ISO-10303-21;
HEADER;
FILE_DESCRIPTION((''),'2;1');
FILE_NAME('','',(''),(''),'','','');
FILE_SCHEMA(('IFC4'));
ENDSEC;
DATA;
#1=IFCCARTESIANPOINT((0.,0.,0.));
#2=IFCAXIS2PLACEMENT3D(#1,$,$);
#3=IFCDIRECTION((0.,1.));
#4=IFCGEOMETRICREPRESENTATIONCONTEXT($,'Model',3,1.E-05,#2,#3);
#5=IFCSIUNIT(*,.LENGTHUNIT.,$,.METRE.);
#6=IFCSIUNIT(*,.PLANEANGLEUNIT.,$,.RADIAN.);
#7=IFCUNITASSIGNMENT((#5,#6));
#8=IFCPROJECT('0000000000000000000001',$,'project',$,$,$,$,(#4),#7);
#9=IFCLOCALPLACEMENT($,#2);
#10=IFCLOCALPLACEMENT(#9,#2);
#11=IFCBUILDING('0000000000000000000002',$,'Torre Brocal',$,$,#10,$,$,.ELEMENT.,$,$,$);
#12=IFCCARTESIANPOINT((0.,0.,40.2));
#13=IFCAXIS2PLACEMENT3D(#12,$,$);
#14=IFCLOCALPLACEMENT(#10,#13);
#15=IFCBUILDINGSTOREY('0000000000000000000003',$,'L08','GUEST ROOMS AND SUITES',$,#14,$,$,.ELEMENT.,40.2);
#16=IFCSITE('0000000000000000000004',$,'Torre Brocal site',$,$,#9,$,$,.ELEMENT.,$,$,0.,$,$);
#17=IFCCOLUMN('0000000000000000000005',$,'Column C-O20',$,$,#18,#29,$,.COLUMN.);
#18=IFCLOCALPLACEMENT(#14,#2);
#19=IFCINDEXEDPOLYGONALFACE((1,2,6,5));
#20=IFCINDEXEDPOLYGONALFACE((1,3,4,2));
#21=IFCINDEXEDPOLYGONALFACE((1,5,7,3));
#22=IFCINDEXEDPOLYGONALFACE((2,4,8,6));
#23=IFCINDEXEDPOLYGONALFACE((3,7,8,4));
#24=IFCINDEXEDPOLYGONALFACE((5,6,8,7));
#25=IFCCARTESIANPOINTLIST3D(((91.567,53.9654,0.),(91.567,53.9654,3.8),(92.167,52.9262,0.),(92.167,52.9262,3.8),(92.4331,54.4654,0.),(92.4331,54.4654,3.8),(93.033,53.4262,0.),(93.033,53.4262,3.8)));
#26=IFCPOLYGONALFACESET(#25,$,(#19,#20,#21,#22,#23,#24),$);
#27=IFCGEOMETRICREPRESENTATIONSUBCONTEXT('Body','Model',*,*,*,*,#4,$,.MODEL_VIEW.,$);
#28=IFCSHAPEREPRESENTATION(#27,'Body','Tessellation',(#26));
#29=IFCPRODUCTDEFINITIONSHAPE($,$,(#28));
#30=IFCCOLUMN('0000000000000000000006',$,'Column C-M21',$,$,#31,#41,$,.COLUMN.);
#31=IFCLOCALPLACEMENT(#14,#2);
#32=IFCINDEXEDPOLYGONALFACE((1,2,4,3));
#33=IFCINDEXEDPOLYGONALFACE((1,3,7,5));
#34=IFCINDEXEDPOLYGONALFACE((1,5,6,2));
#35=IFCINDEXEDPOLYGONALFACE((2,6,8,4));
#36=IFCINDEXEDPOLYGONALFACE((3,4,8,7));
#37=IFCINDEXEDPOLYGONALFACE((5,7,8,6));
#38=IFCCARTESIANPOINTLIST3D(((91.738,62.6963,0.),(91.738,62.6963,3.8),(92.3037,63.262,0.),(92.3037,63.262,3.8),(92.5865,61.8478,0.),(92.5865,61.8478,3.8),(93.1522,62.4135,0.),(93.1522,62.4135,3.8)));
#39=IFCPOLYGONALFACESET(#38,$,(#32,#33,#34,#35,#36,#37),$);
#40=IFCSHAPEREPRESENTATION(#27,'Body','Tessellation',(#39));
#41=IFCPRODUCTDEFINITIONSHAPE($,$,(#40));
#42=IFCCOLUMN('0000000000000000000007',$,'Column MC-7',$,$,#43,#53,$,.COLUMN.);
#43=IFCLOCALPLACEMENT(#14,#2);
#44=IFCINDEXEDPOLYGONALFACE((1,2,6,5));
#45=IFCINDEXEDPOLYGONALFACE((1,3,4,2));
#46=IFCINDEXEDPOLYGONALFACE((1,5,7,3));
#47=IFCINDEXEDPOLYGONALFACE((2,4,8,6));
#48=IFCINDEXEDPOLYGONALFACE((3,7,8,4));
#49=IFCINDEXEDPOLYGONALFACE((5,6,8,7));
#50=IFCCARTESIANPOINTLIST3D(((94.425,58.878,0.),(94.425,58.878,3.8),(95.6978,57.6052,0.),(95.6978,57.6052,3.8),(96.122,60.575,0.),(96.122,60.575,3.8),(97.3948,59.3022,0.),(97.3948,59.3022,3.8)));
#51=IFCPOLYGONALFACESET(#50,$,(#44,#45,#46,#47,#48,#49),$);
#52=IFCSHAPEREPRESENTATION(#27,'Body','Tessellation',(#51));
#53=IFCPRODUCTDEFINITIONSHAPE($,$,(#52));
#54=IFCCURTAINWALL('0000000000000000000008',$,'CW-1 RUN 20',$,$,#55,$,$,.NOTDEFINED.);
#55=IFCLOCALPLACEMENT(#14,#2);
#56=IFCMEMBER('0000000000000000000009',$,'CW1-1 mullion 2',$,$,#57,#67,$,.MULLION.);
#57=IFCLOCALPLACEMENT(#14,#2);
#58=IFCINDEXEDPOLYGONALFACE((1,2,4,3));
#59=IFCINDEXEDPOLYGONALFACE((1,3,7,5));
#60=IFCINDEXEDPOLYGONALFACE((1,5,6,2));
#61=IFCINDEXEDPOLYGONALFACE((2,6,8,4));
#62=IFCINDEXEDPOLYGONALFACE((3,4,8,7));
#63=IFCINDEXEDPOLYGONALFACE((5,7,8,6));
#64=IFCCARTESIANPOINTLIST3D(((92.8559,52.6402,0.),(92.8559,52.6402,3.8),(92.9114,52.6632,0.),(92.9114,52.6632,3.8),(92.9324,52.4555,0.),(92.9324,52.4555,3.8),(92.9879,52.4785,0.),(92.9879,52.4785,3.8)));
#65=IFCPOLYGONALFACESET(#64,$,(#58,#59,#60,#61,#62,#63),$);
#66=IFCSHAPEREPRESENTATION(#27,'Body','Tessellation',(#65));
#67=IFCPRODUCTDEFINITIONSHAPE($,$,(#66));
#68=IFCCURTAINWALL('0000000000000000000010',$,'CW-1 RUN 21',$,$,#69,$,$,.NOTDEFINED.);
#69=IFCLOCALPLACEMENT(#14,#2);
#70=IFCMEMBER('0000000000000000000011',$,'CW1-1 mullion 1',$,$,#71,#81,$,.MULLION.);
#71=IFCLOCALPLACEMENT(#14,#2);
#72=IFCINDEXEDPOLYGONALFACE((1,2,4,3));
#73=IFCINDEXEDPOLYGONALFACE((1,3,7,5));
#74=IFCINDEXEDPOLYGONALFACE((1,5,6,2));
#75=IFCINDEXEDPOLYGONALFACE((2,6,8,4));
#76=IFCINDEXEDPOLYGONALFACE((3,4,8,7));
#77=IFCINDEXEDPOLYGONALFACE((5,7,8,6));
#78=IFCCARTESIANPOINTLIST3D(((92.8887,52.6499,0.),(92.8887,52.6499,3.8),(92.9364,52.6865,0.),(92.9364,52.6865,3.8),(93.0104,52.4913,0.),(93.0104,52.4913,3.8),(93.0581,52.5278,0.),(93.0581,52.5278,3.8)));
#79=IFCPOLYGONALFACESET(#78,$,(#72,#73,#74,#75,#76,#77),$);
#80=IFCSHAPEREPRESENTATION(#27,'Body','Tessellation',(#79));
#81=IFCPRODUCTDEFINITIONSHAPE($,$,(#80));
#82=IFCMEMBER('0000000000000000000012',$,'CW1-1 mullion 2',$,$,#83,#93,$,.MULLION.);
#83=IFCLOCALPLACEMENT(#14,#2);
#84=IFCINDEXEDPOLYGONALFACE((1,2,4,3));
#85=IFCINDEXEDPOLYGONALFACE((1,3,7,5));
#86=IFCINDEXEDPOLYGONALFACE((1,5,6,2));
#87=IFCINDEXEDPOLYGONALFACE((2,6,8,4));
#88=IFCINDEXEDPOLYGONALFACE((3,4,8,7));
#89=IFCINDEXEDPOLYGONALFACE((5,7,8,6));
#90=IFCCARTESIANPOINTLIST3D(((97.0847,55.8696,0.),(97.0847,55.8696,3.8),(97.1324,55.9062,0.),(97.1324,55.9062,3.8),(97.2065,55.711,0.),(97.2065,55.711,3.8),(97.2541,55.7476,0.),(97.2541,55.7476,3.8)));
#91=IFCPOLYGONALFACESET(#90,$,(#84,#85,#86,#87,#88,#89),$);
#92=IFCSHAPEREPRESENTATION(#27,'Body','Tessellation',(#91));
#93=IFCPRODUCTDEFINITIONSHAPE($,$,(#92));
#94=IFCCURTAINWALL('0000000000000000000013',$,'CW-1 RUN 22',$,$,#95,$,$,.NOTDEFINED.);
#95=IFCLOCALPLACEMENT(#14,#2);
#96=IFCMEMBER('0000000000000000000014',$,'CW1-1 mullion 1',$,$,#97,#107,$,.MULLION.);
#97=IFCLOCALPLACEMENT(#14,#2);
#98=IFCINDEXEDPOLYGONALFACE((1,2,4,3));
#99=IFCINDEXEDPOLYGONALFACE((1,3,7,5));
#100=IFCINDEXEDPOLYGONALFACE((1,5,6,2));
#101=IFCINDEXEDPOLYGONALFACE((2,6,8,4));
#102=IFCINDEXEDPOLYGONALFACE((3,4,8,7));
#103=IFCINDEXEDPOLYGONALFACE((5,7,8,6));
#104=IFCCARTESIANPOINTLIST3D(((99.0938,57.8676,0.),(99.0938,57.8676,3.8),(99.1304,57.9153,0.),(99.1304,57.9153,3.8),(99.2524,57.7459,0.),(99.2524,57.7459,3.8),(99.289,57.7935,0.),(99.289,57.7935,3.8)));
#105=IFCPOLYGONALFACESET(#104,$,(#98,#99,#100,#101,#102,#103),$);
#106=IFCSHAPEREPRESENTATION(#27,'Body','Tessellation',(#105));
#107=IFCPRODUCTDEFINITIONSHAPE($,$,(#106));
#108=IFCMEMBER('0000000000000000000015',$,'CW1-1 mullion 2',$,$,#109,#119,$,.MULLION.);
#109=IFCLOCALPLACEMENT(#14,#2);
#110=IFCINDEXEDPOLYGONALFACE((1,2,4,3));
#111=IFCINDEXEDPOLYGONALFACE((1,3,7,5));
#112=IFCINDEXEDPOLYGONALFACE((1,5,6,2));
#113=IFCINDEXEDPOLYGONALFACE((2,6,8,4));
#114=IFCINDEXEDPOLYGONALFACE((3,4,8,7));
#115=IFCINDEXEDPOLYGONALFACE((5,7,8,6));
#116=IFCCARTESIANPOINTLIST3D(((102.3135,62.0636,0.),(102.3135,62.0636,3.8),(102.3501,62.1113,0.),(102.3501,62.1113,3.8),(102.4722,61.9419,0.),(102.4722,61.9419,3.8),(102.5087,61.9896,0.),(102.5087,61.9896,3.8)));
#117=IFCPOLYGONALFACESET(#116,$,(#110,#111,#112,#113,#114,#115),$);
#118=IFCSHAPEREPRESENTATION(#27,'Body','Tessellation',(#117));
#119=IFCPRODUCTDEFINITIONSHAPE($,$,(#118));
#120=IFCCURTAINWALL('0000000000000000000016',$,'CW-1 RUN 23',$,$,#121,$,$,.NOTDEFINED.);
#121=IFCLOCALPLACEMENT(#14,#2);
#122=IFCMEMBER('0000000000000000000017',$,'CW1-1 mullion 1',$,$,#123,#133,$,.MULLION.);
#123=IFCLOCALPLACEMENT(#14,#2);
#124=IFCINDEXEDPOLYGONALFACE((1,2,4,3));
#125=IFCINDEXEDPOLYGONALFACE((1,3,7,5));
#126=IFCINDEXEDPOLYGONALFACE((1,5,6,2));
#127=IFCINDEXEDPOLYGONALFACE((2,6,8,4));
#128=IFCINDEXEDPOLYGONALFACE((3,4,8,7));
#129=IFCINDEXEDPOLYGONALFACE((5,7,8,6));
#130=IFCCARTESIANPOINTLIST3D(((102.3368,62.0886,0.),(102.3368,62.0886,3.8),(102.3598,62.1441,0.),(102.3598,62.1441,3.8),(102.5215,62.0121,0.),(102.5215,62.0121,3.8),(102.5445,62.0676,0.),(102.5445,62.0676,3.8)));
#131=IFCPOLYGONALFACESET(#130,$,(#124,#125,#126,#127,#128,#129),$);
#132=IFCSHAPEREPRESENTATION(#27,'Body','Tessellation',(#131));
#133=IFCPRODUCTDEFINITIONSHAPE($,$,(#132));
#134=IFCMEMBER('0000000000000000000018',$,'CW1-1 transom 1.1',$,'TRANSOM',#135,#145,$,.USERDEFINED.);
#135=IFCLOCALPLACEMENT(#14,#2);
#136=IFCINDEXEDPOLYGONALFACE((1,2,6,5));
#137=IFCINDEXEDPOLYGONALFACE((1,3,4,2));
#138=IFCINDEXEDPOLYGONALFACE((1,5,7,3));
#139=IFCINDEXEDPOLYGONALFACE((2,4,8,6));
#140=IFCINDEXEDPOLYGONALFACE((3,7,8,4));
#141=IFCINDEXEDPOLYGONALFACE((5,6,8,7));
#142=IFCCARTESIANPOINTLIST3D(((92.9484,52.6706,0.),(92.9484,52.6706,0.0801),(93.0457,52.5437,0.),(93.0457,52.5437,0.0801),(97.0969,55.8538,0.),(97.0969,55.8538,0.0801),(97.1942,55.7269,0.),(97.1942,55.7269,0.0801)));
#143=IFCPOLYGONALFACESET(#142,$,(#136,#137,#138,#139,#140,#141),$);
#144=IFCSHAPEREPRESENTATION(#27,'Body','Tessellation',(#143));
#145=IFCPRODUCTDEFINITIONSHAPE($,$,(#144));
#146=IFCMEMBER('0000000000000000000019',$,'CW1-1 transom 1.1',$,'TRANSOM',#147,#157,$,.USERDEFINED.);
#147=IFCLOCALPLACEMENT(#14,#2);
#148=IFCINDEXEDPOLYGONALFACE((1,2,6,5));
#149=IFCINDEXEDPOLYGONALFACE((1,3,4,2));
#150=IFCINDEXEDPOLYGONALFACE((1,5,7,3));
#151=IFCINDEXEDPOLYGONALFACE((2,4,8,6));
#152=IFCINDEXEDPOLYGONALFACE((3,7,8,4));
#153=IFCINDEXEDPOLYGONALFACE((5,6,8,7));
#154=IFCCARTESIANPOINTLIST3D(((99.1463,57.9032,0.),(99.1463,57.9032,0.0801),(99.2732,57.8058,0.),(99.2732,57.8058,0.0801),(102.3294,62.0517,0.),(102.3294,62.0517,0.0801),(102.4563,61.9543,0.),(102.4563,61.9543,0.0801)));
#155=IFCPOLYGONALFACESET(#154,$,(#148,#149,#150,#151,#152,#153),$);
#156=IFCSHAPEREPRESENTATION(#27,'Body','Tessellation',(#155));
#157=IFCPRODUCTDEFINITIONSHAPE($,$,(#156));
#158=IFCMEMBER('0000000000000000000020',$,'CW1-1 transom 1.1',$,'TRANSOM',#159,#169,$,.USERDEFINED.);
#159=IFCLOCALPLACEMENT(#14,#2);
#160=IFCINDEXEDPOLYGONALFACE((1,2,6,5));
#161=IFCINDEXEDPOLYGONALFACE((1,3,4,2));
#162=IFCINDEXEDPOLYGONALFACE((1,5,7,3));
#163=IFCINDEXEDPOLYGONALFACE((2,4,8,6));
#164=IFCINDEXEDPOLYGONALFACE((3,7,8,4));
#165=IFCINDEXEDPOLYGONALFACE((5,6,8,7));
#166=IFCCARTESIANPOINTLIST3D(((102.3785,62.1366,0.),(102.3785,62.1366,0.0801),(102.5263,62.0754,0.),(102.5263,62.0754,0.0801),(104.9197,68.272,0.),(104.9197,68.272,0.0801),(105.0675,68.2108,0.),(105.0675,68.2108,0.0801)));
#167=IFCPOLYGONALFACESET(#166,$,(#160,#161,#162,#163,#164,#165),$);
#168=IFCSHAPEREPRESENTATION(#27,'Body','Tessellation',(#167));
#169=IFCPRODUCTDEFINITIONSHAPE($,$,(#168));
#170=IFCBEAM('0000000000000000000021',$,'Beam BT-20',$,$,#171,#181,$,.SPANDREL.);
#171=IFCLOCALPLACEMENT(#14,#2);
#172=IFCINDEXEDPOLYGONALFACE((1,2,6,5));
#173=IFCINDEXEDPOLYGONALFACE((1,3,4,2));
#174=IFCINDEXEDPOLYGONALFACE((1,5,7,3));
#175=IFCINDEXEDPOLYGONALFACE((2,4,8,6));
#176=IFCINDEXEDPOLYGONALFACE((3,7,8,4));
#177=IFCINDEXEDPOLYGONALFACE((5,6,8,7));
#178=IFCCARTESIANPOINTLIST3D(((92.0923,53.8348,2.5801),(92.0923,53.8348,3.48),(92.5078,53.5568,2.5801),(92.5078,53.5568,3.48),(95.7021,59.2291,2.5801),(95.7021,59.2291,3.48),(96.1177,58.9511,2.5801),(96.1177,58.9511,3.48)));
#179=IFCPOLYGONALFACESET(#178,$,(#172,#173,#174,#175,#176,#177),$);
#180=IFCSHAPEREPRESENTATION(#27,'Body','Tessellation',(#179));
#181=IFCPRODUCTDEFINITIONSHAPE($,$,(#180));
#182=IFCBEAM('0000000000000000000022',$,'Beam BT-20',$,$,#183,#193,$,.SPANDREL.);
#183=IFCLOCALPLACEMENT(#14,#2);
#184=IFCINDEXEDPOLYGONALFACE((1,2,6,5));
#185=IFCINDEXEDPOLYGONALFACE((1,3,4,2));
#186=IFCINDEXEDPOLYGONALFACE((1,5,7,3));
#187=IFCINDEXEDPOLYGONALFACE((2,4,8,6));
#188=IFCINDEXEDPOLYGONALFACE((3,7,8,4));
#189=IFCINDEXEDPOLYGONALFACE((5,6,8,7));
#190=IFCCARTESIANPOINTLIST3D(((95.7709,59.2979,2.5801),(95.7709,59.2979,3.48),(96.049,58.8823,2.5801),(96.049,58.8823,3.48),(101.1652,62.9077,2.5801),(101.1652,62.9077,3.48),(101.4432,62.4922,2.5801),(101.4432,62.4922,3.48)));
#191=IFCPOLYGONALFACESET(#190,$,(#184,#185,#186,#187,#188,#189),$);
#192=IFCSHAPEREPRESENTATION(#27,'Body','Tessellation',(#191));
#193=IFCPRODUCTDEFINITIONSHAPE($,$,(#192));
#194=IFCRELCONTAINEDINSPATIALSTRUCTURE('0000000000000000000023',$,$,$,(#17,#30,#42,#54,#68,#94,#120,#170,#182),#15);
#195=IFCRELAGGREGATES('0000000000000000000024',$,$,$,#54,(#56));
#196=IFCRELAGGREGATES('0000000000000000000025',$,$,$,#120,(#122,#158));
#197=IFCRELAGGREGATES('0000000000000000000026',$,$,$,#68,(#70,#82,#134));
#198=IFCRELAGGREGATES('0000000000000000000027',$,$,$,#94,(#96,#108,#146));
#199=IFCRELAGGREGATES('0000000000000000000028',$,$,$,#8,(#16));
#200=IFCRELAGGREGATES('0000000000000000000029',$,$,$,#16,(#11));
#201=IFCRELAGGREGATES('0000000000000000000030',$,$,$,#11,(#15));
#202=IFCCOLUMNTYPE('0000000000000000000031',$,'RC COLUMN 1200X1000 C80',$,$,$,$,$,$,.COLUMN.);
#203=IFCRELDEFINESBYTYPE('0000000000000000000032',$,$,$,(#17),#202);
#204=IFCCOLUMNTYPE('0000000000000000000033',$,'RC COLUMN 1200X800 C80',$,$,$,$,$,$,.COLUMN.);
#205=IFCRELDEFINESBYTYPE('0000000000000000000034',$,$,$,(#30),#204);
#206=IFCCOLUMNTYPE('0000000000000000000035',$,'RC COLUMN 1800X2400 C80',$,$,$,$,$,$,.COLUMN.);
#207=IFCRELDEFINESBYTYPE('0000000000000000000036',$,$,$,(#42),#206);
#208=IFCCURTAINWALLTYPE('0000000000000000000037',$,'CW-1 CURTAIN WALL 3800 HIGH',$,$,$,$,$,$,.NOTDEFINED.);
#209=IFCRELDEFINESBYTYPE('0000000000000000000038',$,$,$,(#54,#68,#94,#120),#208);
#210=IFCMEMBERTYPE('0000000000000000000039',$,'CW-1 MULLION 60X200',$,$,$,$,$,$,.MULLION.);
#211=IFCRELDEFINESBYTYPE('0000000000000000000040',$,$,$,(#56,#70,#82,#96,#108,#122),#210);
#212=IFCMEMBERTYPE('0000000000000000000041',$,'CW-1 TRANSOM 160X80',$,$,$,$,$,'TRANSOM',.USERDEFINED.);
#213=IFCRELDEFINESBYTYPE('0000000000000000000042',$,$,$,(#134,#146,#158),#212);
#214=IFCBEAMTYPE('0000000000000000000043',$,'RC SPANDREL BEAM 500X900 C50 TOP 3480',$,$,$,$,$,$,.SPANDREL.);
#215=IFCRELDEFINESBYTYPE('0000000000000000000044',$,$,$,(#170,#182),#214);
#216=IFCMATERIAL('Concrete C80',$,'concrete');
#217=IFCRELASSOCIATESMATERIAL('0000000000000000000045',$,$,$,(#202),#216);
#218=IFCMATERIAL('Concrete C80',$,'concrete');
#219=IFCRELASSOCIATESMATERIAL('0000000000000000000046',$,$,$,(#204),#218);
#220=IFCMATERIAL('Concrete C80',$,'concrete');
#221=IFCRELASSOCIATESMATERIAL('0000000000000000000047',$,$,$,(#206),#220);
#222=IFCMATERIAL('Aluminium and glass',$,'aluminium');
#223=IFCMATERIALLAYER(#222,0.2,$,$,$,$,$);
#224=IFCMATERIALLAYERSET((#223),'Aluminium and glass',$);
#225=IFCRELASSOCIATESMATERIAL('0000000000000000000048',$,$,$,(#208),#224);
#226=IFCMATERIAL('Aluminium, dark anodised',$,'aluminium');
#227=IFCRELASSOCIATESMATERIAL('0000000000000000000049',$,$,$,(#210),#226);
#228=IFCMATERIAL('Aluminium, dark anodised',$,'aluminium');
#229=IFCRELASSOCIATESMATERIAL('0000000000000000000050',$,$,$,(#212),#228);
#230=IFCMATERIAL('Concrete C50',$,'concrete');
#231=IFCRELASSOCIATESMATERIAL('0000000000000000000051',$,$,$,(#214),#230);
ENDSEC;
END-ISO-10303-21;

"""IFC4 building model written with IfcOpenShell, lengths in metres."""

from ifc_helpers import new_model, si_unit, direction, frame, origin, origin_2d, place, context, subcontext, project, spatial, rectangle, extrude, material, layer, layer_set, material_profile, profile_set, type_object, element, aggregate, save


model = new_model("IFC4")

# Units and contexts
model_context = context("Model", 3, precision=1e-05, world=origin(), true_north=direction((0.0, 1.0)))
body_context = subcontext(model_context, "Body", "Model", "MODEL_VIEW")
ifc_project = project(units=[si_unit("LENGTHUNIT", "METRE"), si_unit("PLANEANGLEUNIT", "RADIAN")], contexts=[model_context])

# Site, building, storey
site_placement = place(None, origin())
site = spatial("IfcSite", under=ifc_project, at=site_placement, Name="Torre Brocal site", CompositionType="ELEMENT", RefElevation=0.0)
building_placement = place(site_placement, origin())
building = spatial("IfcBuilding", under=site, at=building_placement, Name="Torre Brocal", CompositionType="ELEMENT")
storey_placement = place(building_placement, frame((0.0, 0.0, 40.2)))
storey = spatial("IfcBuildingStorey", under=building, at=storey_placement, Name="L08", Description="GUEST ROOMS AND SUITES", CompositionType="ELEMENT", Elevation=40.2)

# Columns
ifc_material_1 = material(Name="Concrete C80", Category="concrete")
ifc_material_profile_1 = material_profile(ifc_material_1, rectangle(XDim=1.2, YDim=1.0, at=origin_2d()), Name="RC 1200X1000")
ifc_profile_set_1 = profile_set([ifc_material_profile_1], Name="Concrete C80")
column_type_1 = type_object("IfcColumnType", Name="RC COLUMN 1200X1000 C80", PredefinedType="COLUMN", material=ifc_profile_set_1)
column_1_placement = place(storey_placement, frame((92.3, 53.6958, 0.0), z_axis=(0.0, 0.0, 1.0), x_axis=(0.5, -0.866025, 0.0)))
element("IfcColumn", 1, at=column_1_placement, inside=storey, type_object=column_type_1, Name="Column C-O20", PredefinedType="COLUMN", context=body_context, shape_type="SweptSolid", body=[
    extrude(rectangle(XDim=1.2, YDim=1.0, at=origin_2d()), origin(), (0.0, 0.0, 1.0), 3.8),
])
ifc_material_2 = material(Name="Concrete C80", Category="concrete")
ifc_material_profile_2 = material_profile(ifc_material_2, rectangle(XDim=1.2, YDim=0.8, at=origin_2d()), Name="RC 1200X800")
ifc_profile_set_2 = profile_set([ifc_material_profile_2], Name="Concrete C80")
column_type_2 = type_object("IfcColumnType", Name="RC COLUMN 1200X800 C80", PredefinedType="COLUMN", material=ifc_profile_set_2)
column_2_placement = place(storey_placement, frame((92.4451, 62.5549, 0.0), z_axis=(0.0, 0.0, 1.0), x_axis=(0.707107, -0.707107, 0.0)))
element("IfcColumn", 2, at=column_2_placement, inside=storey, type_object=column_type_2, Name="Column C-M21", PredefinedType="COLUMN", context=body_context, shape_type="SweptSolid", body=[
    extrude(rectangle(XDim=1.2, YDim=0.8, at=origin_2d()), origin(), (0.0, 0.0, 1.0), 3.8),
])
ifc_material_3 = material(Name="Concrete C80", Category="concrete")
ifc_material_profile_3 = material_profile(ifc_material_3, rectangle(XDim=1.8, YDim=2.3999, at=origin_2d()), Name="RC 1800X2400")
ifc_profile_set_3 = profile_set([ifc_material_profile_3], Name="Concrete C80")
column_type_3 = type_object("IfcColumnType", Name="RC COLUMN 1800X2400 C80", PredefinedType="COLUMN", material=ifc_profile_set_3)
column_3_placement = place(storey_placement, frame((95.9099, 59.0901, 0.0), z_axis=(0.0, 0.0, 1.0), x_axis=(0.707107, -0.707107, 0.0)))
element("IfcColumn", 3, at=column_3_placement, inside=storey, type_object=column_type_3, Name="Column MC-7", PredefinedType="COLUMN", context=body_context, shape_type="SweptSolid", body=[
    extrude(rectangle(XDim=1.8, YDim=2.3999, at=origin_2d()), origin(), (0.0, 0.0, 1.0), 3.8),
])

# Curtain wall, member
ifc_material_4 = material(Name="Aluminium and glass", Category="aluminium")
ifc_layer_1 = layer(ifc_material_4, 0.2)
ifc_layer_set_1 = layer_set([ifc_layer_1], Name="Aluminium and glass")
curtain_wall_type = type_object("IfcCurtainWallType", Name="CW-1 CURTAIN WALL 3800 HIGH", PredefinedType="NOTDEFINED", material=ifc_layer_set_1)
curtain_wall_1_placement = place(storey_placement, origin())
curtain_wall_1 = element("IfcCurtainWall", 4, at=curtain_wall_1_placement, inside=storey, type_object=curtain_wall_type, Name="CW-1 RUN 20", PredefinedType="NOTDEFINED")
ifc_material_5 = material(Name="Aluminium, dark anodised", Category="aluminium")
ifc_material_profile_4 = material_profile(ifc_material_5, rectangle(XDim=0.2, YDim=0.0601, at=origin_2d()), Name="CW-1 MULLION 60X200")
ifc_profile_set_4 = profile_set([ifc_material_profile_4], Name="Aluminium, dark anodised")
member_type_1 = type_object("IfcMemberType", Name="CW-1 MULLION 60X200", PredefinedType="MULLION", material=ifc_profile_set_4)
member_1_placement = place(storey_placement, frame((92.9219, 52.5593, 0.0), z_axis=(0.0, 0.0, 1.0), x_axis=(-0.382683, 0.92388, 0.0)))
member_1 = element("IfcMember", 5, at=member_1_placement, type_object=member_type_1, Name="CW1-1 mullion 2", PredefinedType="MULLION", context=body_context, shape_type="SweptSolid", body=[
    extrude(rectangle(XDim=0.2, YDim=0.0601, at=origin_2d()), origin(), (0.0, 0.0, 1.0), 3.8),
])
aggregate(curtain_wall_1, [member_1])

# Curtain walls, members
curtain_wall_2_placement = place(storey_placement, origin())
curtain_wall_2 = element("IfcCurtainWall", 6, at=curtain_wall_2_placement, inside=storey, type_object=curtain_wall_type, Name="CW-1 RUN 21", PredefinedType="NOTDEFINED")
member_2_placement = place(storey_placement, frame((92.9734, 52.5889, 0.0), z_axis=(0.0, 0.0, 1.0), x_axis=(-0.608761, 0.793353, 0.0)))
member_2 = element("IfcMember", 7, at=member_2_placement, type_object=member_type_1, Name="CW1-1 mullion 1", PredefinedType="MULLION", context=body_context, shape_type="SweptSolid", body=[
    extrude(rectangle(XDim=0.2, YDim=0.0601, at=origin_2d()), origin(), (0.0, 0.0, 1.0), 3.8),
])
member_3_placement = place(storey_placement, frame((97.1694, 55.8086, 0.0), z_axis=(0.0, 0.0, 1.0), x_axis=(-0.608761, 0.793353, 0.0)))
member_3 = element("IfcMember", 8, at=member_3_placement, type_object=member_type_1, Name="CW1-1 mullion 2", PredefinedType="MULLION", context=body_context, shape_type="SweptSolid", body=[
    extrude(rectangle(XDim=0.2, YDim=0.0601, at=origin_2d()), origin(), (0.0, 0.0, 1.0), 3.8),
])
curtain_wall_3_placement = place(storey_placement, origin())
curtain_wall_3 = element("IfcCurtainWall", 9, at=curtain_wall_3_placement, inside=storey, type_object=curtain_wall_type, Name="CW-1 RUN 22", PredefinedType="NOTDEFINED")
member_4_placement = place(storey_placement, frame((99.1914, 57.8306, 0.0), z_axis=(0.0, 0.0, 1.0), x_axis=(-0.793353, 0.608761, 0.0)))
member_4 = element("IfcMember", 10, at=member_4_placement, type_object=member_type_1, Name="CW1-1 mullion 1", PredefinedType="MULLION", context=body_context, shape_type="SweptSolid", body=[
    extrude(rectangle(XDim=0.2, YDim=0.0601, at=origin_2d()), origin(), (0.0, 0.0, 1.0), 3.8),
])
member_5_placement = place(storey_placement, frame((102.4111, 62.0266, 0.0), z_axis=(0.0, 0.0, 1.0), x_axis=(-0.793353, 0.608761, 0.0)))
member_5 = element("IfcMember", 11, at=member_5_placement, type_object=member_type_1, Name="CW1-1 mullion 2", PredefinedType="MULLION", context=body_context, shape_type="SweptSolid", body=[
    extrude(rectangle(XDim=0.2, YDim=0.0601, at=origin_2d()), origin(), (0.0, 0.0, 1.0), 3.8),
])

# Curtain wall, member
curtain_wall_4_placement = place(storey_placement, origin())
curtain_wall_4 = element("IfcCurtainWall", 12, at=curtain_wall_4_placement, inside=storey, type_object=curtain_wall_type, Name="CW-1 RUN 23", PredefinedType="NOTDEFINED")
member_6_placement = place(storey_placement, frame((102.4407, 62.0781, 0.0), z_axis=(0.0, 0.0, 1.0), x_axis=(-0.92388, 0.382683, 0.0)))
member_6 = element("IfcMember", 13, at=member_6_placement, type_object=member_type_1, Name="CW1-1 mullion 1", PredefinedType="MULLION", context=body_context, shape_type="SweptSolid", body=[
    extrude(rectangle(XDim=0.2, YDim=0.0601, at=origin_2d()), origin(), (0.0, 0.0, 1.0), 3.8),
])

# Members
ifc_material_6 = material(Name="Aluminium, dark anodised", Category="aluminium")
ifc_material_profile_5 = material_profile(ifc_material_6, rectangle(XDim=0.1599, YDim=0.0801, at=origin_2d()), Name="CW-1 TRANSOM 160X80")
ifc_profile_set_5 = profile_set([ifc_material_profile_5], Name="Aluminium, dark anodised")
member_type_2 = type_object("IfcMemberType", Name="CW-1 TRANSOM 160X80", ElementType="TRANSOM", PredefinedType="USERDEFINED", material=ifc_profile_set_5)
member_7_placement = place(storey_placement, frame((92.9971, 52.6072, 0.04), z_axis=(0.793363, 0.608749, 0.0), x_axis=(-0.608749, 0.793363, 0.0)))
member_7 = element("IfcMember", 14, at=member_7_placement, type_object=member_type_2, Name="CW1-1 transom 1.1", ObjectType="TRANSOM", PredefinedType="USERDEFINED", context=body_context, shape_type="SweptSolid", body=[
    extrude(rectangle(XDim=0.1599, YDim=0.0801, at=origin_2d()), origin(), (0.0, 0.0, 1.0), 5.229),
])
member_8_placement = place(storey_placement, frame((99.2097, 57.8545, 0.04), z_axis=(0.608749, 0.793363, 0.0), x_axis=(-0.793363, 0.608749, 0.0)))
member_8 = element("IfcMember", 15, at=member_8_placement, type_object=member_type_2, Name="CW1-1 transom 1.1", ObjectType="TRANSOM", PredefinedType="USERDEFINED", context=body_context, shape_type="SweptSolid", body=[
    extrude(rectangle(XDim=0.1599, YDim=0.0801, at=origin_2d()), origin(), (0.0, 0.0, 1.0), 5.229),
])
member_9_placement = place(storey_placement, frame((102.4524, 62.106, 0.04), z_axis=(0.382665, 0.923887, 0.0), x_axis=(-0.923887, 0.382665, 0.0)))
member_9 = element("IfcMember", 16, at=member_9_placement, type_object=member_type_2, Name="CW1-1 transom 1.1", ObjectType="TRANSOM", PredefinedType="USERDEFINED", context=body_context, shape_type="SweptSolid", body=[
    extrude(rectangle(XDim=0.1599, YDim=0.0801, at=origin_2d()), origin(), (0.0, 0.0, 1.0), 6.6409),
])
aggregate(curtain_wall_4, [member_6, member_9])

# Beams
ifc_material_7 = material(Name="Concrete C50", Category="concrete")
ifc_material_profile_6 = material_profile(ifc_material_7, rectangle(XDim=0.5, YDim=0.8999, at=origin_2d()), Name="RC 500X900")
ifc_profile_set_6 = profile_set([ifc_material_profile_6], Name="Concrete C50")
beam_type = type_object("IfcBeamType", Name="RC SPANDREL BEAM 500X900 C50 TOP 3480", PredefinedType="SPANDREL", material=ifc_profile_set_6)
for number, where, z_axis, x_axis, name in (
    (17, (92.3, 53.6958, 3.03), (0.556158, 0.831077, 0.0), (-0.831077, 0.556158, 0.0), "Beam BT-20"),
    (18, (95.9099, 59.0901, 3.03), (0.831077, 0.556158, 0.0), (-0.556158, 0.831077, 0.0), "Beam BT-20"),
):
    element("IfcBeam", number, at=place(storey_placement, frame(where, z_axis=z_axis, x_axis=x_axis)), inside=storey, type_object=beam_type, Name=name, PredefinedType="SPANDREL", context=body_context, shape_type="SweptSolid", body=[
        extrude(rectangle(XDim=0.5, YDim=0.8999, at=origin_2d()), origin(), (0.0, 0.0, 1.0), 6.4907),
    ])

aggregate(curtain_wall_2, [member_2, member_3, member_7])
aggregate(curtain_wall_3, [member_4, member_5, member_8])

save(model, "model.ifc")
